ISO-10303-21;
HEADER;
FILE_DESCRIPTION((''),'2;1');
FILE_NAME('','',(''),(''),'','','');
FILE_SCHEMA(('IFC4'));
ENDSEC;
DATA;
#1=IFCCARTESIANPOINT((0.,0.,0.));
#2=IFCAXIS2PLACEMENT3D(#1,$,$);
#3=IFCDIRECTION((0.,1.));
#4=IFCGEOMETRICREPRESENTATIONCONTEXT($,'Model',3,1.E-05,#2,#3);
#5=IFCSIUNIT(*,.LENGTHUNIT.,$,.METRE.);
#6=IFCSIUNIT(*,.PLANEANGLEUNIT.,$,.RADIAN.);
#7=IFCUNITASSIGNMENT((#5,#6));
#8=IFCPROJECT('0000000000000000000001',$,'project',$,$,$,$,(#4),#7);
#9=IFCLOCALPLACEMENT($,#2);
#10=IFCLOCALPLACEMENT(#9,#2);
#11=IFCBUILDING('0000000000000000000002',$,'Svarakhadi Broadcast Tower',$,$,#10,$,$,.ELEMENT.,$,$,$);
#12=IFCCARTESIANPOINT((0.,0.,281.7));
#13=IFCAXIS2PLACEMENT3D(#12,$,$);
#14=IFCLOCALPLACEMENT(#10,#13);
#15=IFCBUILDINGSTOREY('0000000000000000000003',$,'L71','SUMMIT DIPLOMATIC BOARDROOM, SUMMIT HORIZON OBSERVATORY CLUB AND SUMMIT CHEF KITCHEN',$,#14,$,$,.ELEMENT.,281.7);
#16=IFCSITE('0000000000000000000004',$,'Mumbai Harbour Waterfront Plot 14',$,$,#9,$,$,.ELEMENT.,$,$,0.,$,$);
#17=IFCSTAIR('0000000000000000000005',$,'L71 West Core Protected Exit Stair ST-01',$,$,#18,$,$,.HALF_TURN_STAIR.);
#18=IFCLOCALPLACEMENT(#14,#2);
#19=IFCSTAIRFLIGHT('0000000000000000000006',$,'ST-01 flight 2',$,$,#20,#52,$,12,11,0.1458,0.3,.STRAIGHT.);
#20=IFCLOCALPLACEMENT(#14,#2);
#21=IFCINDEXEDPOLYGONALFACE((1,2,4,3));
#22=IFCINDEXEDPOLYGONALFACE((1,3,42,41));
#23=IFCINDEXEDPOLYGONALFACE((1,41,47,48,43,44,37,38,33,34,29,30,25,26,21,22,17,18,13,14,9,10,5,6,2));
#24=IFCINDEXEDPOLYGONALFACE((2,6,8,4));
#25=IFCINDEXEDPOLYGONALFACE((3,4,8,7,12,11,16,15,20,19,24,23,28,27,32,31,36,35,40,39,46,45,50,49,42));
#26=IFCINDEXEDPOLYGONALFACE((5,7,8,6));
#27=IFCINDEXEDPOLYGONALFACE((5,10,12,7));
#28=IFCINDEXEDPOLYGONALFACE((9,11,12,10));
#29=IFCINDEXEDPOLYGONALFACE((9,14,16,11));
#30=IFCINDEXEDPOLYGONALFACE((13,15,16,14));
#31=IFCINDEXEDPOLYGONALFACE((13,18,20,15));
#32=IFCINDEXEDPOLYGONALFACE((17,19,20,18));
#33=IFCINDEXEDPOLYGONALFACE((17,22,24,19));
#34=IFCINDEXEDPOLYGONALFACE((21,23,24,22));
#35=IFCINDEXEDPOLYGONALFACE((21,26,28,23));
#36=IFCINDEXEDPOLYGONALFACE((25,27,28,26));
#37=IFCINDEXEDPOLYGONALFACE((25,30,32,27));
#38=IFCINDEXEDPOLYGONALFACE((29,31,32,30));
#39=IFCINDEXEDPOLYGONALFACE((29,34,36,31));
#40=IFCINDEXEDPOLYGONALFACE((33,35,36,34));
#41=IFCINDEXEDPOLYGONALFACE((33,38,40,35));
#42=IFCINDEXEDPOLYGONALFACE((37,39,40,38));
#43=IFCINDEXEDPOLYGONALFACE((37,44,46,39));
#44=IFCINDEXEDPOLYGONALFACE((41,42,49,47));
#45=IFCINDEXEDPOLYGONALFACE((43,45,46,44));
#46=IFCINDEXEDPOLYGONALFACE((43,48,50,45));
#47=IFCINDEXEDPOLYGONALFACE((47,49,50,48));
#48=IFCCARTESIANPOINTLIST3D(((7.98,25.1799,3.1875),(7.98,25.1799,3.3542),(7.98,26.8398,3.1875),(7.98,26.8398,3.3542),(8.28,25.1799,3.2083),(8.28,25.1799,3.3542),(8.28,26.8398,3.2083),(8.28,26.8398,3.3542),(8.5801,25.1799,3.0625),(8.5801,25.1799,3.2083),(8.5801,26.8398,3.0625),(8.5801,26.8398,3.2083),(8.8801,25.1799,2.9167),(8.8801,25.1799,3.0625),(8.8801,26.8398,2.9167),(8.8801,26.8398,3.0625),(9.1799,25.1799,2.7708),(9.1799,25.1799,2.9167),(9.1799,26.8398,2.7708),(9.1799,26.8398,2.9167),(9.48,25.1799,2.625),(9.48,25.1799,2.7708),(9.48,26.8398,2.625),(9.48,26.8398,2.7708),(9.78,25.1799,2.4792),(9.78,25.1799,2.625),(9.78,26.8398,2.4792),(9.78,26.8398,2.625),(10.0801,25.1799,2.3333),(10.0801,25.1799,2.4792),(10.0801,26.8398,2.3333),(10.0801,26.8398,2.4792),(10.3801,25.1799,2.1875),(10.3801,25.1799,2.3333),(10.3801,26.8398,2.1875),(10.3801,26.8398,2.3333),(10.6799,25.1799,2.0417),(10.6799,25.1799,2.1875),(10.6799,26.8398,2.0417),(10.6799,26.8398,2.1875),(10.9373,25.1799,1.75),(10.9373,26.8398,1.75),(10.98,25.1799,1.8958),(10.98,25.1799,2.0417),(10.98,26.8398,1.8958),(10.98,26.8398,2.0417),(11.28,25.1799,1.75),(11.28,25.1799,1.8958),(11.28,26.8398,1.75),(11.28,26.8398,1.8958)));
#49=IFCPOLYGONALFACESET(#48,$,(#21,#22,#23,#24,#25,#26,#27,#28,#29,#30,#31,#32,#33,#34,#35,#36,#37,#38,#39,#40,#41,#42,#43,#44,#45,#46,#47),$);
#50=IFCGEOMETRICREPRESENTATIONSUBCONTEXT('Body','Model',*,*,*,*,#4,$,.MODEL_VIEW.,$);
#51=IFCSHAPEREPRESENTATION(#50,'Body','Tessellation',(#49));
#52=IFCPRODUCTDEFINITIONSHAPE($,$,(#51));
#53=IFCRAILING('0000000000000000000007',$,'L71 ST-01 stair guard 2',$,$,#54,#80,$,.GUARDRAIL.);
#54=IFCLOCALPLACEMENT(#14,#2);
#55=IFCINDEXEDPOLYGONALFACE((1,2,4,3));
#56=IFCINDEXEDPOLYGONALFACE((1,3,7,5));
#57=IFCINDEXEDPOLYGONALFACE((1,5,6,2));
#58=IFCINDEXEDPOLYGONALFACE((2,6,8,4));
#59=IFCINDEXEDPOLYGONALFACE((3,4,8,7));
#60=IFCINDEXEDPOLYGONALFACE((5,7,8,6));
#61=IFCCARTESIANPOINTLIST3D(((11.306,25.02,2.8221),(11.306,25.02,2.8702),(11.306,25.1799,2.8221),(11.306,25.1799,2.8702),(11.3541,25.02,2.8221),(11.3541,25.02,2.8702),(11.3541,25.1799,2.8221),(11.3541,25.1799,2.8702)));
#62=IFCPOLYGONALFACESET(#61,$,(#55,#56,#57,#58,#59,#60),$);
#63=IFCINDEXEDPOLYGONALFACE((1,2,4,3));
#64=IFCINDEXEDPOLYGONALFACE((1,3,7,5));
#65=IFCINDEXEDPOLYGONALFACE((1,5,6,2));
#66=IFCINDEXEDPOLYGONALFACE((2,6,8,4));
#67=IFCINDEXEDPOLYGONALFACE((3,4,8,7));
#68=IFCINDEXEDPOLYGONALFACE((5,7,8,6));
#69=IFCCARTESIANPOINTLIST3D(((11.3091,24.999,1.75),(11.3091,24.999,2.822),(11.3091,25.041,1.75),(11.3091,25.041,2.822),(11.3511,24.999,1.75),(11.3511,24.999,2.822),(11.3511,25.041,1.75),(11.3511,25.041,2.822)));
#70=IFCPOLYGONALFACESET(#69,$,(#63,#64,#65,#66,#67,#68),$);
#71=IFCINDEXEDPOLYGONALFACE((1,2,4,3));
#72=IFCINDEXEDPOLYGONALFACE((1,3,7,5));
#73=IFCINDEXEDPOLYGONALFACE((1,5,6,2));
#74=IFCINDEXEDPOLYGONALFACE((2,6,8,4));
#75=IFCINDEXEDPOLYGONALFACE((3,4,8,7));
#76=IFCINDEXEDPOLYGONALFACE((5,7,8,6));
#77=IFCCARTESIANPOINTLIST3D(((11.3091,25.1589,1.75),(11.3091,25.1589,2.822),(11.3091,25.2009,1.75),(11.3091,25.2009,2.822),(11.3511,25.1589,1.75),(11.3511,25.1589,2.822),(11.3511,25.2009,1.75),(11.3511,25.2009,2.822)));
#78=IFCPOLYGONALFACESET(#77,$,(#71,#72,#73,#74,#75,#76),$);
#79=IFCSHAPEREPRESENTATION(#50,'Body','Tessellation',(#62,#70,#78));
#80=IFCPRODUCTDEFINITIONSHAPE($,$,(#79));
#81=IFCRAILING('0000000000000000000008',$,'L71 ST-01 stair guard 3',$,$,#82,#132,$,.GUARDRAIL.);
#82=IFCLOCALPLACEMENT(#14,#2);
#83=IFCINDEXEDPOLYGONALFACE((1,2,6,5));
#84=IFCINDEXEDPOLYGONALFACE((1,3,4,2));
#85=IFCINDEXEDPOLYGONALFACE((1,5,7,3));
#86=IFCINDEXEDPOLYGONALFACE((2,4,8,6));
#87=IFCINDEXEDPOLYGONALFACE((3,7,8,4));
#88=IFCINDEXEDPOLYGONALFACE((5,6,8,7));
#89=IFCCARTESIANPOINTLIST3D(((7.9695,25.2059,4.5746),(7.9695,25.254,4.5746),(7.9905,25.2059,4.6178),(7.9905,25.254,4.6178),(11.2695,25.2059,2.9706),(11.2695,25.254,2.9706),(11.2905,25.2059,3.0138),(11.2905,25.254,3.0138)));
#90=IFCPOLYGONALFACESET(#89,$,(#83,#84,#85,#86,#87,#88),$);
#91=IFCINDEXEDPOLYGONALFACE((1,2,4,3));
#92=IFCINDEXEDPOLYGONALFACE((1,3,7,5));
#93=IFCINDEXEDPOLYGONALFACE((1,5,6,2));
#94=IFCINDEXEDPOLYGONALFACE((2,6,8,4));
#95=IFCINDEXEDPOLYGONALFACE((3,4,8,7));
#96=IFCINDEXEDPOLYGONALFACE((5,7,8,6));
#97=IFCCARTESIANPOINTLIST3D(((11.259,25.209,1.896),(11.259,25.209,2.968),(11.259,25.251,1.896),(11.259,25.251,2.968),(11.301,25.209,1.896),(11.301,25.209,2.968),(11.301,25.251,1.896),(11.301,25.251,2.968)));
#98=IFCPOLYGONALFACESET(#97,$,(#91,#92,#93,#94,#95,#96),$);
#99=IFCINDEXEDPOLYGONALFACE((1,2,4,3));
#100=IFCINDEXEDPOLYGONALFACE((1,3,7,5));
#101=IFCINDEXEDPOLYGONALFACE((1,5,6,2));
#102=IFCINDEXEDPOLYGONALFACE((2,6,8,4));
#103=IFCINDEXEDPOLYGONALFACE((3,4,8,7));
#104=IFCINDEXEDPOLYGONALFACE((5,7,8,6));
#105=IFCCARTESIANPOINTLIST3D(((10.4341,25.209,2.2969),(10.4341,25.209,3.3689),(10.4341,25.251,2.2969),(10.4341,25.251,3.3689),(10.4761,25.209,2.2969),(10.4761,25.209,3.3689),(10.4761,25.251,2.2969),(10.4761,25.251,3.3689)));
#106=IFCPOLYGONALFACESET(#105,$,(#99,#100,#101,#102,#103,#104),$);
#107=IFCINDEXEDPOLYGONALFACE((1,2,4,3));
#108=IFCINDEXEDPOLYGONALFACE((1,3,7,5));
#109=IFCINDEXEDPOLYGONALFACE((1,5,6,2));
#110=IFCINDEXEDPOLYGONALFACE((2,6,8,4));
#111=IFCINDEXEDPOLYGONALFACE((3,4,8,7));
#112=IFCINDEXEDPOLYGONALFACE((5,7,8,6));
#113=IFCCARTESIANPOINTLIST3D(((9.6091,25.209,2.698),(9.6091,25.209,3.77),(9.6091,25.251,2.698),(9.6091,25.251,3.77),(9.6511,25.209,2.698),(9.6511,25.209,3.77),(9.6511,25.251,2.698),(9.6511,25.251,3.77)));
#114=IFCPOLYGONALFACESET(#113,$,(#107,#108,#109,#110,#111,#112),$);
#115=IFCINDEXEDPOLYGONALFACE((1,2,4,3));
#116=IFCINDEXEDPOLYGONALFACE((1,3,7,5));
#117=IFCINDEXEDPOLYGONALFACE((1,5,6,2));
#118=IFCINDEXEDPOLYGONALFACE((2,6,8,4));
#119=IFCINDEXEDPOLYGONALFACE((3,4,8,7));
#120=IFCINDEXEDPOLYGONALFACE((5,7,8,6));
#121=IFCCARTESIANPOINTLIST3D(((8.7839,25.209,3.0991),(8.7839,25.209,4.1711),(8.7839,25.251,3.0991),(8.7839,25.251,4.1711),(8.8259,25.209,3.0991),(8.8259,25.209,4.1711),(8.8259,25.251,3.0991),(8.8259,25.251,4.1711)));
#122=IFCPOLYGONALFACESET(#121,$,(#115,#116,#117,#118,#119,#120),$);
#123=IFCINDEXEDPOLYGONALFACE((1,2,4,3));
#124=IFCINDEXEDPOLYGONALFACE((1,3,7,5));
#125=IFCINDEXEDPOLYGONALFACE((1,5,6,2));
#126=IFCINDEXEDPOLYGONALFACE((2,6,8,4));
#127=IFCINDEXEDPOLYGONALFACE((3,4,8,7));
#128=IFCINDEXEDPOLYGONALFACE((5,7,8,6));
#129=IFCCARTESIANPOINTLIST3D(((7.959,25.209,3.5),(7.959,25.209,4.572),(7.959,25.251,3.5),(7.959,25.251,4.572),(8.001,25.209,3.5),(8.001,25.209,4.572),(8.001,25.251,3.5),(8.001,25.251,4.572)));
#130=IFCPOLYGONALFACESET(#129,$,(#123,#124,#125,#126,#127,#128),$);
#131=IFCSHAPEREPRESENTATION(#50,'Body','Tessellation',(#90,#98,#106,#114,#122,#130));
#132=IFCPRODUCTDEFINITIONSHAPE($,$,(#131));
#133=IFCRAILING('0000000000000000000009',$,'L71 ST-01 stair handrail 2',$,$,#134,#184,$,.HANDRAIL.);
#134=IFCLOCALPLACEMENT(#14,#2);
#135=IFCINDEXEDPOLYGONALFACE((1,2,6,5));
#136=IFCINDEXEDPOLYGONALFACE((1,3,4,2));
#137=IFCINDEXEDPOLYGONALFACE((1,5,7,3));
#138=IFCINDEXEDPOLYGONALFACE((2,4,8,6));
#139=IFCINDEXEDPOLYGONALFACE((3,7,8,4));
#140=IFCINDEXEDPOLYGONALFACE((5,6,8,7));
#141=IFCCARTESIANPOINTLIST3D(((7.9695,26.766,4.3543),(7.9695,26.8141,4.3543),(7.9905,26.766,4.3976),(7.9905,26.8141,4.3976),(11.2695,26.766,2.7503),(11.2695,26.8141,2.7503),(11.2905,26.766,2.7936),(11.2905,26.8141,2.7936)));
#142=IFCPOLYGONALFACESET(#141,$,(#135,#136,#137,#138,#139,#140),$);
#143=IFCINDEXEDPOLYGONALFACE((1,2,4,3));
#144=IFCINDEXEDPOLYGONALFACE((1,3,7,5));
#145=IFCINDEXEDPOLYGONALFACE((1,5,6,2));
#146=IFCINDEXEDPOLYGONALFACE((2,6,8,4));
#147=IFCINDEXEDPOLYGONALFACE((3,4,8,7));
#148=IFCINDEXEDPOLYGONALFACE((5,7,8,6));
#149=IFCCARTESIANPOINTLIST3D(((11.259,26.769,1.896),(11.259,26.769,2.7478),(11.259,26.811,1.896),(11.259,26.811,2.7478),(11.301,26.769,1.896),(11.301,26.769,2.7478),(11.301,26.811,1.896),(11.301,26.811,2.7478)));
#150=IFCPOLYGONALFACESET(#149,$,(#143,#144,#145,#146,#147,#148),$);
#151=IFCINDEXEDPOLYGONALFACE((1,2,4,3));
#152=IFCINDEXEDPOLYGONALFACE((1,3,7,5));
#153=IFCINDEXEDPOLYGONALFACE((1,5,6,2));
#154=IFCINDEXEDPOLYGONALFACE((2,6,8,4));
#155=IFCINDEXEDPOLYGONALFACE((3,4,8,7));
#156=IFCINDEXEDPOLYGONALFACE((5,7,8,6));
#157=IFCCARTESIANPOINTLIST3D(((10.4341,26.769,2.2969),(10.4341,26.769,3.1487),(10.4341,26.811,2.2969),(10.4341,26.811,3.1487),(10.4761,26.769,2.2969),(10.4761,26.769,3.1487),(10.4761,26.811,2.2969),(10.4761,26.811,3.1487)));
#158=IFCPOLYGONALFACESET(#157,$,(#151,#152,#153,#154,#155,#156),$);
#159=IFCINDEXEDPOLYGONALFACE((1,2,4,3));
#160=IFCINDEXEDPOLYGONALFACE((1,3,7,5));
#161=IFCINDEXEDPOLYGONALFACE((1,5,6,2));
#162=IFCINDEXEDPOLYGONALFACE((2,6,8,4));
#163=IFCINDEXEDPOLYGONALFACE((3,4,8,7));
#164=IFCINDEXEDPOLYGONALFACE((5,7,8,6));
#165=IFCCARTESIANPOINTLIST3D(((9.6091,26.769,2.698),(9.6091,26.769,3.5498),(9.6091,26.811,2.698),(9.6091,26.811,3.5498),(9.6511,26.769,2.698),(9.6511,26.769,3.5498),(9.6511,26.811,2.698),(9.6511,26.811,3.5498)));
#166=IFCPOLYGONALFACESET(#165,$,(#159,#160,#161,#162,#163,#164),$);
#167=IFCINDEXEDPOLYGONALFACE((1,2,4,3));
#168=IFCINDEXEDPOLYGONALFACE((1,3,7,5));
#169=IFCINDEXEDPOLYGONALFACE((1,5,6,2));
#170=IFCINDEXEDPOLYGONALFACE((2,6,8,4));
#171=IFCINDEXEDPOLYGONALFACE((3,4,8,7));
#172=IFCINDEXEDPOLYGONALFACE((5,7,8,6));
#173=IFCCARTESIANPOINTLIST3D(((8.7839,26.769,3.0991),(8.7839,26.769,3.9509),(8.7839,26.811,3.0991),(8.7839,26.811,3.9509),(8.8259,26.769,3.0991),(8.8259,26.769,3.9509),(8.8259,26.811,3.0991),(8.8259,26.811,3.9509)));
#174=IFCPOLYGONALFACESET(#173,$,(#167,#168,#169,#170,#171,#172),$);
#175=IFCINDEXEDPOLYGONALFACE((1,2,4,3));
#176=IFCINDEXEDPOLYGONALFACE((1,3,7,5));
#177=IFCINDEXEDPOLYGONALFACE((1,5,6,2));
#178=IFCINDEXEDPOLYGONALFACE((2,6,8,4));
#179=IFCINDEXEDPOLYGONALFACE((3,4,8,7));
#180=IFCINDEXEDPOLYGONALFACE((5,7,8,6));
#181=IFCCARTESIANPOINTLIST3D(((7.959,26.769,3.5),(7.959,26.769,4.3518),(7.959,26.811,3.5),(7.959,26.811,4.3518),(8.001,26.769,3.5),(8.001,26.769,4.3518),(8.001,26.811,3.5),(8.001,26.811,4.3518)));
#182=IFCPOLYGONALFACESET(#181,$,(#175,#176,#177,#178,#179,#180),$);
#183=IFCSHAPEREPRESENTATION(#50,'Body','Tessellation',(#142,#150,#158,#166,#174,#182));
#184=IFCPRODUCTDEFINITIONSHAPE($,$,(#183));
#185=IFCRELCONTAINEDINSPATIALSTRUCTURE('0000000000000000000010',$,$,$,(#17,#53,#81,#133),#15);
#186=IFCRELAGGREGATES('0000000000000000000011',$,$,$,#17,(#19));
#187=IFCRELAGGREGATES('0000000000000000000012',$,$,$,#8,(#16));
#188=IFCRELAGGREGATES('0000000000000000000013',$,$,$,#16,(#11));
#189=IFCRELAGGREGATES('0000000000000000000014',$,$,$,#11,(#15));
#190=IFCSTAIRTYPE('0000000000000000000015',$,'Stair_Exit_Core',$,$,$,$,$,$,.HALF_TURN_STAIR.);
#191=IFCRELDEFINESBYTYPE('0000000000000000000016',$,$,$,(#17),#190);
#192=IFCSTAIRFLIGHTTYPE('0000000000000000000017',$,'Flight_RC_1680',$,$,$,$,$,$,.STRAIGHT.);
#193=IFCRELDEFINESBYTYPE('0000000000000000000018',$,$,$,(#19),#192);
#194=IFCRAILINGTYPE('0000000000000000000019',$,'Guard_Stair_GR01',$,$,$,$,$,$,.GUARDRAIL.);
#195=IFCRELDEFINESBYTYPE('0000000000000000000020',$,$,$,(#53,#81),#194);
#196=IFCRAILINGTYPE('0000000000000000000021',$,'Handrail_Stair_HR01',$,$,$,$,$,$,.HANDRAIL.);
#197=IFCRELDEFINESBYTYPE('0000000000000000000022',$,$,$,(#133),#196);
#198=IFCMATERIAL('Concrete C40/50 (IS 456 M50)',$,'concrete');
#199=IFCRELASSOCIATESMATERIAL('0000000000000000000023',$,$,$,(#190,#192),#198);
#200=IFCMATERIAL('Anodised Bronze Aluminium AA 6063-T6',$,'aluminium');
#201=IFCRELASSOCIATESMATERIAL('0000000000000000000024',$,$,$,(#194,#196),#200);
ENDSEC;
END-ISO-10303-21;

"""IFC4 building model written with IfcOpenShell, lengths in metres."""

from ifc_helpers import new_model, si_unit, direction, frame, origin, origin_2d, place, context, subcontext, project, spatial, polyline, rectangle, outline, extrude, material, type_object, element, aggregate, save


model = new_model("IFC4")

# Units and contexts
model_context = context("Model", 3, precision=1e-05, world=origin(), true_north=direction((0.0, 1.0)))
body_context = subcontext(model_context, "Body", "Model", "MODEL_VIEW")
ifc_project = project(units=[si_unit("LENGTHUNIT", "METRE"), si_unit("PLANEANGLEUNIT", "RADIAN")], contexts=[model_context])

# Site, building, storey
site_placement = place(None, origin())
site = spatial("IfcSite", under=ifc_project, at=site_placement, Name="Mumbai Harbour Waterfront Plot 14", CompositionType="ELEMENT", RefElevation=0.0)
building_placement = place(site_placement, origin())
building = spatial("IfcBuilding", under=site, at=building_placement, Name="Svarakhadi Broadcast Tower", CompositionType="ELEMENT")
storey_placement = place(building_placement, frame((0.0, 0.0, 281.7)))
storey = spatial("IfcBuildingStorey", under=building, at=storey_placement, Name="L71", Description="SUMMIT DIPLOMATIC BOARDROOM, SUMMIT HORIZON OBSERVATORY CLUB AND SUMMIT CHEF KITCHEN", CompositionType="ELEMENT", Elevation=281.7)

# Shared definitions
ifc_material_1 = material(Name="Anodised Bronze Aluminium AA 6063-T6", Category="aluminium")

# Shared definitions
ifc_material_2 = material(Name="Concrete C40/50 (IS 456 M50)", Category="concrete")

# Stair, stair flight
stair_type = type_object("IfcStairType", Name="Stair_Exit_Core", PredefinedType="HALF_TURN_STAIR", material=ifc_material_2)
stair_placement = place(storey_placement, origin())
stair = element("IfcStair", 1, at=stair_placement, inside=storey, type_object=stair_type, Name="L71 West Core Protected Exit Stair ST-01", PredefinedType="HALF_TURN_STAIR")
stair_flight_type = type_object("IfcStairFlightType", Name="Flight_RC_1680", PredefinedType="STRAIGHT", material=ifc_material_2)
stair_flight_placement = place(storey_placement, frame((11.28, 26.01, 1.75), z_axis=(0.0, 0.0, 1.0), x_axis=(-1.0, 0.0, 0.0)))
stair_flight = element("IfcStairFlight", 2, at=stair_flight_placement, type_object=stair_flight_type, Name="ST-01 flight 2", NumberOfRisers=12, NumberOfTreads=11, PredefinedType="STRAIGHT", RiserHeight=0.1458, TreadLength=0.3, context=body_context, shape_type="SweptSolid", body=[
    extrude(outline(polyline([(0.0, 0.0), (0.0, 0.1458), (0.3, 0.1458), (0.3, 0.2917), (0.6001, 0.2917), (0.6001, 0.4375), (0.8999, 0.4375), (0.8999, 0.5833), (1.2, 0.5833), (1.2, 0.7292), (1.5, 0.7292), (1.5, 0.875), (1.8, 0.875), (1.8, 1.0208), (2.1001, 1.0208), (2.1001, 1.1667), (2.3999, 1.1667), (2.3999, 1.3125), (2.7, 1.3125), (2.7, 1.4583), (3.0, 1.4583), (3.0, 1.6042), (3.3, 1.6042), (3.3, 1.75), (3.3, 1.4375), (0.3428, 0.0), (0.0, 0.0)])), frame((0.0, 0.8301, 0.0), z_axis=(0.0, -1.0, 0.0), x_axis=(1.0, 0.0, 0.0)), (0.0, 0.0, 1.0), 1.6599),
])
aggregate(stair, [stair_flight])

# Railings
railing_type_1 = type_object("IfcRailingType", Name="Guard_Stair_GR01", PredefinedType="GUARDRAIL", material=ifc_material_1)
railing_1_placement = place(storey_placement, frame((11.3301, 25.02, 1.75)))
element("IfcRailing", 3, at=railing_1_placement, inside=storey, type_object=railing_type_1, Name="L71 ST-01 stair guard 2", PredefinedType="GUARDRAIL", context=body_context, shape_type="SweptSolid", body=[
    extrude(rectangle(XDim=0.0481, YDim=0.0481, at=origin_2d()), frame((0.0, 0.0, 1.0962), z_axis=(0.0, 1.0, 0.0), x_axis=(-1.0, 0.0, 0.0)), (0.0, 0.0, 1.0), 0.1599),
    extrude(rectangle(XDim=0.042, YDim=0.042, at=origin_2d()), origin(), (0.0, 0.0, 1.0), 1.072),
    extrude(rectangle(XDim=0.042, YDim=0.042, at=origin_2d()), frame((0.0, 0.1599, 0.0)), (0.0, 0.0, 1.0), 1.072),
])
railing_2_placement = place(storey_placement, frame((11.28, 25.23, 1.896)))
element("IfcRailing", 4, at=railing_2_placement, inside=storey, type_object=railing_type_1, Name="L71 ST-01 stair guard 3", PredefinedType="GUARDRAIL", context=body_context, shape_type="SweptSolid", body=[
    extrude(rectangle(XDim=0.0481, YDim=0.0481, at=origin_2d()), frame((0.0, 0.0, 1.0962), z_axis=(-0.899388, 0.0, 0.437152), x_axis=(0.0, -1.0, 0.0)), (0.0, 0.0, 1.0), 3.6692),
    extrude(rectangle(XDim=0.042, YDim=0.042, at=origin_2d()), origin(), (0.0, 0.0, 1.0), 1.072),
    extrude(rectangle(XDim=0.042, YDim=0.042, at=origin_2d()), frame((-0.825, 0.0, 0.4009)), (0.0, 0.0, 1.0), 1.072),
    extrude(rectangle(XDim=0.042, YDim=0.042, at=origin_2d()), frame((-1.6499, 0.0, 0.802)), (0.0, 0.0, 1.0), 1.072),
    extrude(rectangle(XDim=0.042, YDim=0.042, at=origin_2d()), frame((-2.4751, 0.0, 1.2031)), (0.0, 0.0, 1.0), 1.072),
    extrude(rectangle(XDim=0.042, YDim=0.042, at=origin_2d()), frame((-3.3, 0.0, 1.604)), (0.0, 0.0, 1.0), 1.072),
])
railing_type_2 = type_object("IfcRailingType", Name="Handrail_Stair_HR01", PredefinedType="HANDRAIL", material=ifc_material_1)
railing_3_placement = place(storey_placement, frame((11.28, 26.79, 1.896)))
element("IfcRailing", 5, at=railing_3_placement, inside=storey, type_object=railing_type_2, Name="L71 ST-01 stair handrail 2", PredefinedType="HANDRAIL", context=body_context, shape_type="SweptSolid", body=[
    extrude(rectangle(XDim=0.0481, YDim=0.0481, at=origin_2d()), frame((0.0, 0.0, 0.876), z_axis=(-0.899388, 0.0, 0.437152), x_axis=(0.0, -1.0, 0.0)), (0.0, 0.0, 1.0), 3.6692),
    extrude(rectangle(XDim=0.042, YDim=0.042, at=origin_2d()), origin(), (0.0, 0.0, 1.0), 0.8518),
    extrude(rectangle(XDim=0.042, YDim=0.042, at=origin_2d()), frame((-0.825, 0.0, 0.4009)), (0.0, 0.0, 1.0), 0.8518),
    extrude(rectangle(XDim=0.042, YDim=0.042, at=origin_2d()), frame((-1.6499, 0.0, 0.802)), (0.0, 0.0, 1.0), 0.8518),
    extrude(rectangle(XDim=0.042, YDim=0.042, at=origin_2d()), frame((-2.4751, 0.0, 1.2031)), (0.0, 0.0, 1.0), 0.8518),
    extrude(rectangle(XDim=0.042, YDim=0.042, at=origin_2d()), frame((-3.3, 0.0, 1.604)), (0.0, 0.0, 1.0), 0.8518),
])

save(model, "model.ifc")
